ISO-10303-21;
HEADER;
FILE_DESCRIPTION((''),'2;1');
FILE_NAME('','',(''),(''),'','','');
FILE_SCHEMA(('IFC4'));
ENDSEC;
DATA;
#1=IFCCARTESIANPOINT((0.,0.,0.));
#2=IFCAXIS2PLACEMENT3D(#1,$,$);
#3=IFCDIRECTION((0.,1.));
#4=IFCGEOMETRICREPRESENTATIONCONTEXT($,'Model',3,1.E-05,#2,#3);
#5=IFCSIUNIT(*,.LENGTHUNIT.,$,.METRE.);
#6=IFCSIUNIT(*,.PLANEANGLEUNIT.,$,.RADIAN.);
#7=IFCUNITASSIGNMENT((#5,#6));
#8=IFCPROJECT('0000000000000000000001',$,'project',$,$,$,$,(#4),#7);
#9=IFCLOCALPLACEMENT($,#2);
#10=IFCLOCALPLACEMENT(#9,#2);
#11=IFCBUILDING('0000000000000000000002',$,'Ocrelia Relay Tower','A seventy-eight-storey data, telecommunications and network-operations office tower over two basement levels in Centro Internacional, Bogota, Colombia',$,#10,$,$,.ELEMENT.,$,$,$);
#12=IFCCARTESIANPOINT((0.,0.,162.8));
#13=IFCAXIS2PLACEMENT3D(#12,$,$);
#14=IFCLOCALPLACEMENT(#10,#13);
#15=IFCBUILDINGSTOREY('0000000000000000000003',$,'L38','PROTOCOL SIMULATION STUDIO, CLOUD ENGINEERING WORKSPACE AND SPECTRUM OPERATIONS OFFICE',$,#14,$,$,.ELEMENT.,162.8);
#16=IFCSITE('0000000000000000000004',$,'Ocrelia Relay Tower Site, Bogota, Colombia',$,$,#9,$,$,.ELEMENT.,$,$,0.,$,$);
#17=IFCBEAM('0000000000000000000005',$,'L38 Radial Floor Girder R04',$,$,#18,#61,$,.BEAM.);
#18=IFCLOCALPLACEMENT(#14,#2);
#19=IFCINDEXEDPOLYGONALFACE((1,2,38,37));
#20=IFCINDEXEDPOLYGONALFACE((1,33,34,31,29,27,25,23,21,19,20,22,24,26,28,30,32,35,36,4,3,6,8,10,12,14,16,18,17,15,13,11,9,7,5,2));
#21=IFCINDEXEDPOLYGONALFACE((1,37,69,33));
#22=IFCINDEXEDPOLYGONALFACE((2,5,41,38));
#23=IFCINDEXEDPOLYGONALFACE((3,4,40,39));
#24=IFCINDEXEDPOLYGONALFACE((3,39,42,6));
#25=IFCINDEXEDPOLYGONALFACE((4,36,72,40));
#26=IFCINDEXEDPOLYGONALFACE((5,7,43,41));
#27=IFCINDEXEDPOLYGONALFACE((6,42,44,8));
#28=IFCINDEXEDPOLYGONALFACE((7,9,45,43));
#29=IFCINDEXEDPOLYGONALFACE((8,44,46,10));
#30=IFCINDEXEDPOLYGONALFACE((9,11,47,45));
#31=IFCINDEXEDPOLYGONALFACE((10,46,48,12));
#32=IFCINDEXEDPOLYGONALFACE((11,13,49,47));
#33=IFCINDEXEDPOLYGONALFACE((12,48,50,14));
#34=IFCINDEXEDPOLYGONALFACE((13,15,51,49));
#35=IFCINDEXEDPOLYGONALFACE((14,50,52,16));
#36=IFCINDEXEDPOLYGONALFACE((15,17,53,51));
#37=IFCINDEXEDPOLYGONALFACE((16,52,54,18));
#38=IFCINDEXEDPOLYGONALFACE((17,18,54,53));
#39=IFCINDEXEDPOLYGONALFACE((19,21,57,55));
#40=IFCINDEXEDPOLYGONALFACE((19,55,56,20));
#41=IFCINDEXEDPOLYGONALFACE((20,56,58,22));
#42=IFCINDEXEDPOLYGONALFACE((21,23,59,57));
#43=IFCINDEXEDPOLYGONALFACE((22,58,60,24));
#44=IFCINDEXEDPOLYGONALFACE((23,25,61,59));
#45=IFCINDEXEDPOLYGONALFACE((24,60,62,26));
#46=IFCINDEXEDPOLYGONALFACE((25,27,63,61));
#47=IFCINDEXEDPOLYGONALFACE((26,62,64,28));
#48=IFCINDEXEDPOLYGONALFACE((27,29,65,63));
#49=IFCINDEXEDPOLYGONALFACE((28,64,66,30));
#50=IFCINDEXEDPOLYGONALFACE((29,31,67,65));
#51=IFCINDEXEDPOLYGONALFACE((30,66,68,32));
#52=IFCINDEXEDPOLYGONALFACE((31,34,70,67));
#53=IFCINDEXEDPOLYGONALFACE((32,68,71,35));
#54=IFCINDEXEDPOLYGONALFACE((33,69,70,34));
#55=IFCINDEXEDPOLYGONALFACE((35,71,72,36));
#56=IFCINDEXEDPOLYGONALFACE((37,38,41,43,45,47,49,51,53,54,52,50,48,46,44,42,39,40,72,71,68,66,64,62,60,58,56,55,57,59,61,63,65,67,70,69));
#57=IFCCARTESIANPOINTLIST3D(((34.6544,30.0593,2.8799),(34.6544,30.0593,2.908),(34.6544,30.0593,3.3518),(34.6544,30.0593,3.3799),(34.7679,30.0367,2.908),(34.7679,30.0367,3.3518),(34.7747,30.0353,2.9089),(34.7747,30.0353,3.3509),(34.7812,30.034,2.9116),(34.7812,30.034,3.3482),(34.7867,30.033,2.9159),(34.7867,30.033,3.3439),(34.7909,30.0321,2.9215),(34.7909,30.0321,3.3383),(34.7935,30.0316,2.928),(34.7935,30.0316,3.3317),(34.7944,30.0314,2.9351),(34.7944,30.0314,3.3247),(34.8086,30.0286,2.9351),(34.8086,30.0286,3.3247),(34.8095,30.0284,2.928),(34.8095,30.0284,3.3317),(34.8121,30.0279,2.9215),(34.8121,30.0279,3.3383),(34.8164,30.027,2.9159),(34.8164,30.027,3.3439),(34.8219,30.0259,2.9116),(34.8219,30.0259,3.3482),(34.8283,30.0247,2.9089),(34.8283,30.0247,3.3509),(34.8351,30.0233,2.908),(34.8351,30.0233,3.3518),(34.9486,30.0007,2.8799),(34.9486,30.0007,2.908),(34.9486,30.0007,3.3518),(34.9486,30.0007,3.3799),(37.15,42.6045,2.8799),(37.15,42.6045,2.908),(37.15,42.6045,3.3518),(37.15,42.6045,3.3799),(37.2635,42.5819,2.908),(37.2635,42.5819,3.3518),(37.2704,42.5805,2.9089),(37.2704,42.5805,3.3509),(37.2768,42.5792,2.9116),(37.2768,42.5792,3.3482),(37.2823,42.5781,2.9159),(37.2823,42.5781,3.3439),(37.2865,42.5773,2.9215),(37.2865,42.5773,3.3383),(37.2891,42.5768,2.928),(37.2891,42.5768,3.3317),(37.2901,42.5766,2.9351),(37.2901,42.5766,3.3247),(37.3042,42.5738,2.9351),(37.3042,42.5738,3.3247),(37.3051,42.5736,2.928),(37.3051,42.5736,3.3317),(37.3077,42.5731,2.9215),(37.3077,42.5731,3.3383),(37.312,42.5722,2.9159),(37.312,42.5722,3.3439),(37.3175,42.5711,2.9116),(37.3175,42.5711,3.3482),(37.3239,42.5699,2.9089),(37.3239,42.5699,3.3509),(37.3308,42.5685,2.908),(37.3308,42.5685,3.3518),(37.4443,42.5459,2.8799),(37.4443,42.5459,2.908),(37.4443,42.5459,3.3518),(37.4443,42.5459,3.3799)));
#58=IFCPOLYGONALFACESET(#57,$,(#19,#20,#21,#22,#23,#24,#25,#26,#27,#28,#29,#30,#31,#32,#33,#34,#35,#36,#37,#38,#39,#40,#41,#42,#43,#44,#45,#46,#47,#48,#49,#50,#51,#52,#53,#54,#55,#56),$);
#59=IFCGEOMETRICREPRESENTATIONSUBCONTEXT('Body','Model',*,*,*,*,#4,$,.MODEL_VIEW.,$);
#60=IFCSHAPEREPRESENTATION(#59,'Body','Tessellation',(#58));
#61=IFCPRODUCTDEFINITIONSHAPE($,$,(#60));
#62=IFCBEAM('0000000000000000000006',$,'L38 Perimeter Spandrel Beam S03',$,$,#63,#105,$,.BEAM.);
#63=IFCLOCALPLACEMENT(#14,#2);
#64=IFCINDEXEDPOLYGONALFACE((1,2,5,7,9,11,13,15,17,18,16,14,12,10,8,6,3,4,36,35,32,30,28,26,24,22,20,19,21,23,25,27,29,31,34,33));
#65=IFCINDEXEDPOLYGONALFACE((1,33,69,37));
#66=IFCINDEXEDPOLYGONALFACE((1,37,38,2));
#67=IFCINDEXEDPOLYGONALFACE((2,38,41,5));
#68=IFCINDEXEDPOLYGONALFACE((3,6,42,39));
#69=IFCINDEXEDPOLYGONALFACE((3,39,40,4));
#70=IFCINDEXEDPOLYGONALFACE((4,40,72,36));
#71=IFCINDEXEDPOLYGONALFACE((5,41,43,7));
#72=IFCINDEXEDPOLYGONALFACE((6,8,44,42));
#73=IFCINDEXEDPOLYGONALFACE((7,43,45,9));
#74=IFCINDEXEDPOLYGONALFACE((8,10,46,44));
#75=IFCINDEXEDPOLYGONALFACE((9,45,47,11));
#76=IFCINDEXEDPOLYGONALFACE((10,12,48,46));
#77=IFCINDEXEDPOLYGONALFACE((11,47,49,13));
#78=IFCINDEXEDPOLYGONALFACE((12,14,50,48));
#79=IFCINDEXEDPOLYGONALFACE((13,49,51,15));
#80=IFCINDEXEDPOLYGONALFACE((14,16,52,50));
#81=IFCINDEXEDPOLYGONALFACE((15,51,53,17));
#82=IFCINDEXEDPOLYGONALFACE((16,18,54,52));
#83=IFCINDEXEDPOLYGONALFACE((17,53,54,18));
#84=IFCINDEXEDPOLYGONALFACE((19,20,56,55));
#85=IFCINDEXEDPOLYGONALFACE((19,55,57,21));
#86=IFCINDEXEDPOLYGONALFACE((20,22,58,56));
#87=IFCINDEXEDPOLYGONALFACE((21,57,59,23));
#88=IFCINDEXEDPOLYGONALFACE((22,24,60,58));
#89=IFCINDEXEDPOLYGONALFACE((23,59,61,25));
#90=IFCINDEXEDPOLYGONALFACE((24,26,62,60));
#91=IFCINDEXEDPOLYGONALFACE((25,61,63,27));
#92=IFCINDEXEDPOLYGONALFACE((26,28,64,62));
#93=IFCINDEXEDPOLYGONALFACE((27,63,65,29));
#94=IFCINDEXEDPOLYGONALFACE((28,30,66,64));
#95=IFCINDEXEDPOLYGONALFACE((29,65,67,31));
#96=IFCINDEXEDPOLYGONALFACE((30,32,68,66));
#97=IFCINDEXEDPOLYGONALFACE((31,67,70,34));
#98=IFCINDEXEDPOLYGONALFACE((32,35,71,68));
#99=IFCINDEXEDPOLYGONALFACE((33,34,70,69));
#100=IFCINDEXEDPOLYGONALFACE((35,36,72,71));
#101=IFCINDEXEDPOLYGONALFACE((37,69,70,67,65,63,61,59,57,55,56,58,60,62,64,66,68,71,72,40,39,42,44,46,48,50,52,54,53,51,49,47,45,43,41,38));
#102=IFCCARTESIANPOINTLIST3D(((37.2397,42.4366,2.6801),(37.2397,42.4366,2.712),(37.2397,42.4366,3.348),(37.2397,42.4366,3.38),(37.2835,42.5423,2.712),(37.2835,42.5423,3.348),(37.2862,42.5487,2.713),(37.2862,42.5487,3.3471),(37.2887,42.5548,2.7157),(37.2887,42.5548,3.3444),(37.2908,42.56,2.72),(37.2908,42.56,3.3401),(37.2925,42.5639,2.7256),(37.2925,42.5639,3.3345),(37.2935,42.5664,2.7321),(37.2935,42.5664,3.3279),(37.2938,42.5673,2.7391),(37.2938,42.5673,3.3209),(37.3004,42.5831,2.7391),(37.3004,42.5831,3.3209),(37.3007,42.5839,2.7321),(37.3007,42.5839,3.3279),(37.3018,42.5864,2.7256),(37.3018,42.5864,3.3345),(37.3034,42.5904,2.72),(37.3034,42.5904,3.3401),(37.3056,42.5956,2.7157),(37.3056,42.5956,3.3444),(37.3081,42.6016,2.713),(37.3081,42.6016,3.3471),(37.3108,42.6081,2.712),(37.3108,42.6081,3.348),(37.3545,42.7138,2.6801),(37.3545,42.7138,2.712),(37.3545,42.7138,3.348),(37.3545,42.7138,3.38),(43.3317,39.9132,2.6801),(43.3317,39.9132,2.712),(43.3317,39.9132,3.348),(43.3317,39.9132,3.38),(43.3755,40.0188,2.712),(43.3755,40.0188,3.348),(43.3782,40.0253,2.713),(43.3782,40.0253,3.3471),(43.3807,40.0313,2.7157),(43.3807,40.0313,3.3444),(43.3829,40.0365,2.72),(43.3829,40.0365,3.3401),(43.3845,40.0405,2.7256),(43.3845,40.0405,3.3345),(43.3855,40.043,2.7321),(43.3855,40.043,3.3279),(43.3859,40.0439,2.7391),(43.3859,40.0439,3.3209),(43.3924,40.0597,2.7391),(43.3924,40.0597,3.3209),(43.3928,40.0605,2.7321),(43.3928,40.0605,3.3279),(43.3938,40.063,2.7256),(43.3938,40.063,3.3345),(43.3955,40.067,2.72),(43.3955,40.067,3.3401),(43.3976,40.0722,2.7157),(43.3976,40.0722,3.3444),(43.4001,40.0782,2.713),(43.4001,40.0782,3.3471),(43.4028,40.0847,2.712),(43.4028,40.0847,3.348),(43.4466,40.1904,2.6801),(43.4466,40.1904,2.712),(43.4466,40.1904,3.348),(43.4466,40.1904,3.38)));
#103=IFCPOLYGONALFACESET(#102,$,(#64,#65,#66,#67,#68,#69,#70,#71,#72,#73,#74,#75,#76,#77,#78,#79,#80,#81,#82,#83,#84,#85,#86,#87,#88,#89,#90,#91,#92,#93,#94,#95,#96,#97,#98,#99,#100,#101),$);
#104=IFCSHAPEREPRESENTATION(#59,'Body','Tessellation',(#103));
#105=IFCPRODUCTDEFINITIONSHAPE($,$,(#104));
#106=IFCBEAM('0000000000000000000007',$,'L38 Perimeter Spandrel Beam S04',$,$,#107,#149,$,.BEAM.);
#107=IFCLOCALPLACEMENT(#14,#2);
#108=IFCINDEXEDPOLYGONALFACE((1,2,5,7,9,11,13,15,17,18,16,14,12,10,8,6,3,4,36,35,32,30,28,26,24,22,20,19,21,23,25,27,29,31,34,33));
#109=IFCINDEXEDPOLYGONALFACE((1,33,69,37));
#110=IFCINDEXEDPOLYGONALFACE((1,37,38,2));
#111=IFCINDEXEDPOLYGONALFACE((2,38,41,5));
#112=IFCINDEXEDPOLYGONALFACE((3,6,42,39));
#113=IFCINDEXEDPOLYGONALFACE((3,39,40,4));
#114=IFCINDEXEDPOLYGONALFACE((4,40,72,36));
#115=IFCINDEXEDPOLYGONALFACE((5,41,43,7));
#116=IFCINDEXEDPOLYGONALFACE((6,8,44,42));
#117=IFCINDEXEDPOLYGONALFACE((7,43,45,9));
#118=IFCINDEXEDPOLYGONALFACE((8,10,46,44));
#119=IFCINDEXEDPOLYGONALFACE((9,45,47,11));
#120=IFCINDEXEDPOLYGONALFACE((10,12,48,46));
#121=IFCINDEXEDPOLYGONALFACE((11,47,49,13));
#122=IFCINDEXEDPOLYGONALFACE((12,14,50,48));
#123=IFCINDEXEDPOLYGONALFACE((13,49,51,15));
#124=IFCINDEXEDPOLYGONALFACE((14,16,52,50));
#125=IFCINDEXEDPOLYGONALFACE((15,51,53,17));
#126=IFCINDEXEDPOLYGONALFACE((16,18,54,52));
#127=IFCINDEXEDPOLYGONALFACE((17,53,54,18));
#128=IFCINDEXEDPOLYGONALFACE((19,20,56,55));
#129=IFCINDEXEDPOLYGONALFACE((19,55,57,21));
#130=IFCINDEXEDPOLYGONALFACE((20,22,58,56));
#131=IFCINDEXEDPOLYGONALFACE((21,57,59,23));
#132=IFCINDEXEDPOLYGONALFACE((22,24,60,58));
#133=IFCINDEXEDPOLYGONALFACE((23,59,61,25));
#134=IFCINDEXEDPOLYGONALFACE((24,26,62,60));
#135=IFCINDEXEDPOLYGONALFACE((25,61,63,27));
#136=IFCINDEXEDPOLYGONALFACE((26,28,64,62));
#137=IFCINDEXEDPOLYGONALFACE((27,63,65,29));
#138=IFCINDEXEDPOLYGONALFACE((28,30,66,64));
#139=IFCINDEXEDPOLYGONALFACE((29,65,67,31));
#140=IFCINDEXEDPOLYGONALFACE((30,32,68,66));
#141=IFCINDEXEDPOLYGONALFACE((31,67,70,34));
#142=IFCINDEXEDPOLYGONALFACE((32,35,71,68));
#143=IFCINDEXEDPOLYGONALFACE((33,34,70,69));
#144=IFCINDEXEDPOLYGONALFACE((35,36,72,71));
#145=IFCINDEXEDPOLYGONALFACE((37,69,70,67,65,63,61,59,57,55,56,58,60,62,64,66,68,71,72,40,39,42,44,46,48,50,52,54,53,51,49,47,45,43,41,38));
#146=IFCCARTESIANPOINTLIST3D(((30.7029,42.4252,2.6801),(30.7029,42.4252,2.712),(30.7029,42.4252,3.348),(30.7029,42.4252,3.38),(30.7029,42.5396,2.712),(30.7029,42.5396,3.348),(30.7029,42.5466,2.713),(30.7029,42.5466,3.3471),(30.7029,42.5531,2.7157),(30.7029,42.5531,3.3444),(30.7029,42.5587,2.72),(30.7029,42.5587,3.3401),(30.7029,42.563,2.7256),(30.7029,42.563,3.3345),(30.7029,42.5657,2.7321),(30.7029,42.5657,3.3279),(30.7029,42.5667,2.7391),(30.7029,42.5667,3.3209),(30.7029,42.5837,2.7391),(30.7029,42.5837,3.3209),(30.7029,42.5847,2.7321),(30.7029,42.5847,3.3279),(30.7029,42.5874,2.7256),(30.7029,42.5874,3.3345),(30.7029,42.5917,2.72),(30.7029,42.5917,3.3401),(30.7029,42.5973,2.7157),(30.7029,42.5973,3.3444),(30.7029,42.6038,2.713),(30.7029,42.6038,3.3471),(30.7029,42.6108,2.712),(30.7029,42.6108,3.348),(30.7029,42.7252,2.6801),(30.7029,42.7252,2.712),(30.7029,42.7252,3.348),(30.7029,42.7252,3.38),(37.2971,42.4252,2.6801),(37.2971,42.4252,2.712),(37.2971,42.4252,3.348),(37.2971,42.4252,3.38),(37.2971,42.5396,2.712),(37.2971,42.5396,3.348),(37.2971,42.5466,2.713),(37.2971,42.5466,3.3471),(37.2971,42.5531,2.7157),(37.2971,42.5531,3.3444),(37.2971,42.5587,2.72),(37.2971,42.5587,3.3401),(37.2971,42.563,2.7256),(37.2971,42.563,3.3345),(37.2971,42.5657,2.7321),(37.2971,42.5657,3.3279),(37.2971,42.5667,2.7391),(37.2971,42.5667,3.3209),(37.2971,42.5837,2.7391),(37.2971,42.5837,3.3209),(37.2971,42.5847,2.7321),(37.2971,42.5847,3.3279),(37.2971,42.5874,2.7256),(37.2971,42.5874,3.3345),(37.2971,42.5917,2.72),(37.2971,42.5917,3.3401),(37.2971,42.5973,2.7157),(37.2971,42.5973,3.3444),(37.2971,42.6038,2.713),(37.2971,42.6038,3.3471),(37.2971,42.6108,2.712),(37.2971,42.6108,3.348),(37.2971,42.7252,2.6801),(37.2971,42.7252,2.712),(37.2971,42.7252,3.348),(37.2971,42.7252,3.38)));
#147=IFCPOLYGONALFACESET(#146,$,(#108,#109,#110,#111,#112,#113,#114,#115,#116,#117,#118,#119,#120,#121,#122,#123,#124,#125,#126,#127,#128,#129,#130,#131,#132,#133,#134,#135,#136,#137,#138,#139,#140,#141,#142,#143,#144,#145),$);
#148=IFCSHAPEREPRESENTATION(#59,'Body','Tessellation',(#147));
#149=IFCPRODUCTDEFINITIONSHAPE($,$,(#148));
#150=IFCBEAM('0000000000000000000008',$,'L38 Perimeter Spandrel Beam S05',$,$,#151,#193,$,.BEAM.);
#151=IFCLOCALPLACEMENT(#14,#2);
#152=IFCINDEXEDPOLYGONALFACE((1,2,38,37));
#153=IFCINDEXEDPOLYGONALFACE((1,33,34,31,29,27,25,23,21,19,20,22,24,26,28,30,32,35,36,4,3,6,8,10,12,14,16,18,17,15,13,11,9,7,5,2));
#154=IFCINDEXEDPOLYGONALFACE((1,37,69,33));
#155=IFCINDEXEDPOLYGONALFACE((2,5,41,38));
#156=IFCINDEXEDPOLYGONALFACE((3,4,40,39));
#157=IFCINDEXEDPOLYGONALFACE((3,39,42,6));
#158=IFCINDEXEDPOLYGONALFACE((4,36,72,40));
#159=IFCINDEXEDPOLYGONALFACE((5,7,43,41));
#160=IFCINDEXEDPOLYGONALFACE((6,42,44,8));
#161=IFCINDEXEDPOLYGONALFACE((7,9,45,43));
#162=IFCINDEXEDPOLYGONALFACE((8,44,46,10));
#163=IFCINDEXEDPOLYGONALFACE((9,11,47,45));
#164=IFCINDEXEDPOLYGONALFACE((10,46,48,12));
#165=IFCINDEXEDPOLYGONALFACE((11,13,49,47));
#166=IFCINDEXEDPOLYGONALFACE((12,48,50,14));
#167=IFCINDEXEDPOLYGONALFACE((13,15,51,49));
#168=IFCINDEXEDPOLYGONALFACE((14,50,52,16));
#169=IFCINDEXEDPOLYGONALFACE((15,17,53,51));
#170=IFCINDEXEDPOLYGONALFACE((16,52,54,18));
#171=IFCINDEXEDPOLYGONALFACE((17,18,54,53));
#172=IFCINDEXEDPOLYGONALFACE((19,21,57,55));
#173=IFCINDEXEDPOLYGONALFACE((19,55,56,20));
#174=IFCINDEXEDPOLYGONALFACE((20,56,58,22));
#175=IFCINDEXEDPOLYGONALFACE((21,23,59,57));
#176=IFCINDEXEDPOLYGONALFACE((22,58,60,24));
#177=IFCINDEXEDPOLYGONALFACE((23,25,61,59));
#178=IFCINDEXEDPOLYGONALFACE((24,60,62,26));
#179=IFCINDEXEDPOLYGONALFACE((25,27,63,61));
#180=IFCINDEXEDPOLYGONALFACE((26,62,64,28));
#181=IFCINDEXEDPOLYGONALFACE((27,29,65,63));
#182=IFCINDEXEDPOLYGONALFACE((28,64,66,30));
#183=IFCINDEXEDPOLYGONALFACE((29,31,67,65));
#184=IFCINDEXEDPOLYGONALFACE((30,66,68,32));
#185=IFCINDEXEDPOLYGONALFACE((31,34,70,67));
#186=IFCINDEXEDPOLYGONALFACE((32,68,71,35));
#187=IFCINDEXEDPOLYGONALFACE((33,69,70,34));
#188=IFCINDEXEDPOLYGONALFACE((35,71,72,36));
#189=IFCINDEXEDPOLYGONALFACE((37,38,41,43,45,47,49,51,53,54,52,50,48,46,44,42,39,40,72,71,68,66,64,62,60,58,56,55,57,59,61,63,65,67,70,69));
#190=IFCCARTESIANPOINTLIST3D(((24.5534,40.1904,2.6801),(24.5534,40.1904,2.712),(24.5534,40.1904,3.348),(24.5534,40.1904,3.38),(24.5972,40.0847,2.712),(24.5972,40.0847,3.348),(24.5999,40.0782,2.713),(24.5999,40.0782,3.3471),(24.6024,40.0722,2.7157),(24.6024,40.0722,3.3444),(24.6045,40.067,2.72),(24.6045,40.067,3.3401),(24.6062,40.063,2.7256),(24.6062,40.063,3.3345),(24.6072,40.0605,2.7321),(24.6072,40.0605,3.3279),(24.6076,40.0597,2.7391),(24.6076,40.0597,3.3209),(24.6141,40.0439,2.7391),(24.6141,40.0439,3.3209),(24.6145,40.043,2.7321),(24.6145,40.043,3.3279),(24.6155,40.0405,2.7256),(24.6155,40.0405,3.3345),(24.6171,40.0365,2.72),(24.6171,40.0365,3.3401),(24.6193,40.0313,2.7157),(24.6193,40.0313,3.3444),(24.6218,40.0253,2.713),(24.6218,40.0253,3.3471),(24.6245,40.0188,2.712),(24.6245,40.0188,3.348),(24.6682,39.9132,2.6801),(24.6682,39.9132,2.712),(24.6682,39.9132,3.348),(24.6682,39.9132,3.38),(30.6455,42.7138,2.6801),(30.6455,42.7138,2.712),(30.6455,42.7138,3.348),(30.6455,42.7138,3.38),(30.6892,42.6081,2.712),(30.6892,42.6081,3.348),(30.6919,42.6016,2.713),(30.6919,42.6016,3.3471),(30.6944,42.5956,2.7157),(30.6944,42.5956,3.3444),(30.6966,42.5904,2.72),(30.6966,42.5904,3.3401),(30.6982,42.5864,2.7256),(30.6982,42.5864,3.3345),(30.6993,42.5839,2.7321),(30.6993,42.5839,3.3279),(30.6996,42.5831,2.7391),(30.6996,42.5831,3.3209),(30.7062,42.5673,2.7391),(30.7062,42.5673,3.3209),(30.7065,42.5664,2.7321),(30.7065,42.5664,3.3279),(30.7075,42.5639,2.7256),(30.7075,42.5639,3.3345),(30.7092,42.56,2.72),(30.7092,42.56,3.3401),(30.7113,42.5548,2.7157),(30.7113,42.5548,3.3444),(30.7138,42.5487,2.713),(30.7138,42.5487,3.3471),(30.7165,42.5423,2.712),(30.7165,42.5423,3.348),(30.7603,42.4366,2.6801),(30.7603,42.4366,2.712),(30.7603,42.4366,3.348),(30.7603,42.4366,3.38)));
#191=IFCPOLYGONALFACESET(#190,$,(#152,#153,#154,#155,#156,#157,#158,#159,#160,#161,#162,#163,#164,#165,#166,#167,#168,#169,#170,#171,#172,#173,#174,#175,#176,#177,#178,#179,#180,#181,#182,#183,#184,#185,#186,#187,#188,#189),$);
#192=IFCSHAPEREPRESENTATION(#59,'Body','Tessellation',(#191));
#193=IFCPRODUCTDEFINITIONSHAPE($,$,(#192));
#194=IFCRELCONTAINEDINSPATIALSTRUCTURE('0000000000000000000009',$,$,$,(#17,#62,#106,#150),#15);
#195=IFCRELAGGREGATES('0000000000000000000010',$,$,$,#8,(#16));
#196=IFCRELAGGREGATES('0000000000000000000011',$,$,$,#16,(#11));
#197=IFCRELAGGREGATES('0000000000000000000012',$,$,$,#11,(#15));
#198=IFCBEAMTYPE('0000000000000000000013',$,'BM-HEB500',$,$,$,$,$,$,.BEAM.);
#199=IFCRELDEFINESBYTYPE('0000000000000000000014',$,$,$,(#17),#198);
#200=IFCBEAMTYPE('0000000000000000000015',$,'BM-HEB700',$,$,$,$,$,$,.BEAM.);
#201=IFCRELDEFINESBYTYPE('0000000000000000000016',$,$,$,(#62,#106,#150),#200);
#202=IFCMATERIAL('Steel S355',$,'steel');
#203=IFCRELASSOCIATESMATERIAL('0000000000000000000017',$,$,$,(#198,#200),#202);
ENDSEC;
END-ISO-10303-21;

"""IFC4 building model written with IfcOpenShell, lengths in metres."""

from ifc_helpers import new_model, si_unit, direction, frame, origin, origin_2d, place, context, subcontext, project, spatial, i_section, extrude, material, material_profile, profile_set, type_object, element, save


model = new_model("IFC4")

# Units and contexts
model_context = context("Model", 3, precision=1e-05, world=origin(), true_north=direction((0.0, 1.0)))
body_context = subcontext(model_context, "Body", "Model", "MODEL_VIEW")
ifc_project = project(units=[si_unit("LENGTHUNIT", "METRE"), si_unit("PLANEANGLEUNIT", "RADIAN")], contexts=[model_context])

# Site, building, storey
site_placement = place(None, origin())
site = spatial("IfcSite", under=ifc_project, at=site_placement, Name="Ocrelia Relay Tower Site, Bogota, Colombia", CompositionType="ELEMENT", RefElevation=0.0)
building_placement = place(site_placement, origin())
building = spatial("IfcBuilding", under=site, at=building_placement, Name="Ocrelia Relay Tower", Description="A seventy-eight-storey data, telecommunications and network-operations office tower over two basement levels in Centro Internacional, Bogota, Colombia", CompositionType="ELEMENT")
storey_placement = place(building_placement, frame((0.0, 0.0, 162.8)))
storey = spatial("IfcBuildingStorey", under=building, at=storey_placement, Name="L38", Description="PROTOCOL SIMULATION STUDIO, CLOUD ENGINEERING WORKSPACE AND SPECTRUM OPERATIONS OFFICE", CompositionType="ELEMENT", Elevation=162.8)

# Beams
ifc_material_1 = material(Name="Steel S355", Category="steel")
ifc_material_profile_1 = material_profile(ifc_material_1, i_section(OverallWidth=0.3, OverallDepth=0.5, WebThickness=0.0144, FlangeThickness=0.0281, FilletRadius=0.0271, at=origin_2d()), Name="HEB 500")
ifc_profile_set_1 = profile_set([ifc_material_profile_1], Name="Steel S355")
beam_type_1 = type_object("IfcBeamType", Name="BM-HEB500", PredefinedType="BEAM", material=ifc_profile_set_1)
beam_1_placement = place(storey_placement, frame((37.2971, 42.5752, 3.1299), z_axis=(-0.195107, -0.980782, 0.0), x_axis=(0.980782, -0.195107, 0.0)))
element("IfcBeam", 1, at=beam_1_placement, inside=storey, type_object=beam_type_1, Name="L38 Radial Floor Girder R04", PredefinedType="BEAM", context=body_context, shape_type="SweptSolid", body=[
    extrude(i_section(OverallWidth=0.3, OverallDepth=0.5, WebThickness=0.0144, FlangeThickness=0.0281, FilletRadius=0.0271, at=origin_2d()), origin(), (0.0, 0.0, 1.0), 12.791),
])
ifc_material_profile_2 = material_profile(ifc_material_1, i_section(OverallWidth=0.3, OverallDepth=0.7, WebThickness=0.0171, FlangeThickness=0.032, FilletRadius=0.0271, at=origin_2d()), Name="HEB 700")
ifc_profile_set_2 = profile_set([ifc_material_profile_2], Name="Steel S355")
beam_type_2 = type_object("IfcBeamType", Name="BM-HEB700", PredefinedType="BEAM", material=ifc_profile_set_2)
beam_2_placement = place(storey_placement, frame((43.3892, 40.0518, 3.03), z_axis=(-0.923878, 0.382688, 0.0), x_axis=(-0.382688, -0.923878, 0.0)))
element("IfcBeam", 2, at=beam_2_placement, inside=storey, type_object=beam_type_2, Name="L38 Perimeter Spandrel Beam S03", PredefinedType="BEAM", context=body_context, shape_type="SweptSolid", body=[
    extrude(i_section(OverallWidth=0.3, OverallDepth=0.7, WebThickness=0.0171, FlangeThickness=0.032, FilletRadius=0.0271, at=origin_2d()), origin(), (0.0, 0.0, 1.0), 6.594),
])
beam_3_placement = place(storey_placement, frame((37.2971, 42.5752, 3.03), z_axis=(-1.0, 0.0, 0.0), x_axis=(0.0, -1.0, 0.0)))
element("IfcBeam", 3, at=beam_3_placement, inside=storey, type_object=beam_type_2, Name="L38 Perimeter Spandrel Beam S04", PredefinedType="BEAM", context=body_context, shape_type="SweptSolid", body=[
    extrude(i_section(OverallWidth=0.3, OverallDepth=0.7, WebThickness=0.0171, FlangeThickness=0.032, FilletRadius=0.0271, at=origin_2d()), origin(), (0.0, 0.0, 1.0), 6.5942),
])
beam_4_placement = place(storey_placement, frame((30.7029, 42.5752, 3.03), z_axis=(-0.923878, -0.382688, 0.0), x_axis=(0.382688, -0.923878, 0.0)))
element("IfcBeam", 4, at=beam_4_placement, inside=storey, type_object=beam_type_2, Name="L38 Perimeter Spandrel Beam S05", PredefinedType="BEAM", context=body_context, shape_type="SweptSolid", body=[
    extrude(i_section(OverallWidth=0.3, OverallDepth=0.7, WebThickness=0.0171, FlangeThickness=0.032, FilletRadius=0.0271, at=origin_2d()), origin(), (0.0, 0.0, 1.0), 6.594),
])

save(model, "model.ifc")
